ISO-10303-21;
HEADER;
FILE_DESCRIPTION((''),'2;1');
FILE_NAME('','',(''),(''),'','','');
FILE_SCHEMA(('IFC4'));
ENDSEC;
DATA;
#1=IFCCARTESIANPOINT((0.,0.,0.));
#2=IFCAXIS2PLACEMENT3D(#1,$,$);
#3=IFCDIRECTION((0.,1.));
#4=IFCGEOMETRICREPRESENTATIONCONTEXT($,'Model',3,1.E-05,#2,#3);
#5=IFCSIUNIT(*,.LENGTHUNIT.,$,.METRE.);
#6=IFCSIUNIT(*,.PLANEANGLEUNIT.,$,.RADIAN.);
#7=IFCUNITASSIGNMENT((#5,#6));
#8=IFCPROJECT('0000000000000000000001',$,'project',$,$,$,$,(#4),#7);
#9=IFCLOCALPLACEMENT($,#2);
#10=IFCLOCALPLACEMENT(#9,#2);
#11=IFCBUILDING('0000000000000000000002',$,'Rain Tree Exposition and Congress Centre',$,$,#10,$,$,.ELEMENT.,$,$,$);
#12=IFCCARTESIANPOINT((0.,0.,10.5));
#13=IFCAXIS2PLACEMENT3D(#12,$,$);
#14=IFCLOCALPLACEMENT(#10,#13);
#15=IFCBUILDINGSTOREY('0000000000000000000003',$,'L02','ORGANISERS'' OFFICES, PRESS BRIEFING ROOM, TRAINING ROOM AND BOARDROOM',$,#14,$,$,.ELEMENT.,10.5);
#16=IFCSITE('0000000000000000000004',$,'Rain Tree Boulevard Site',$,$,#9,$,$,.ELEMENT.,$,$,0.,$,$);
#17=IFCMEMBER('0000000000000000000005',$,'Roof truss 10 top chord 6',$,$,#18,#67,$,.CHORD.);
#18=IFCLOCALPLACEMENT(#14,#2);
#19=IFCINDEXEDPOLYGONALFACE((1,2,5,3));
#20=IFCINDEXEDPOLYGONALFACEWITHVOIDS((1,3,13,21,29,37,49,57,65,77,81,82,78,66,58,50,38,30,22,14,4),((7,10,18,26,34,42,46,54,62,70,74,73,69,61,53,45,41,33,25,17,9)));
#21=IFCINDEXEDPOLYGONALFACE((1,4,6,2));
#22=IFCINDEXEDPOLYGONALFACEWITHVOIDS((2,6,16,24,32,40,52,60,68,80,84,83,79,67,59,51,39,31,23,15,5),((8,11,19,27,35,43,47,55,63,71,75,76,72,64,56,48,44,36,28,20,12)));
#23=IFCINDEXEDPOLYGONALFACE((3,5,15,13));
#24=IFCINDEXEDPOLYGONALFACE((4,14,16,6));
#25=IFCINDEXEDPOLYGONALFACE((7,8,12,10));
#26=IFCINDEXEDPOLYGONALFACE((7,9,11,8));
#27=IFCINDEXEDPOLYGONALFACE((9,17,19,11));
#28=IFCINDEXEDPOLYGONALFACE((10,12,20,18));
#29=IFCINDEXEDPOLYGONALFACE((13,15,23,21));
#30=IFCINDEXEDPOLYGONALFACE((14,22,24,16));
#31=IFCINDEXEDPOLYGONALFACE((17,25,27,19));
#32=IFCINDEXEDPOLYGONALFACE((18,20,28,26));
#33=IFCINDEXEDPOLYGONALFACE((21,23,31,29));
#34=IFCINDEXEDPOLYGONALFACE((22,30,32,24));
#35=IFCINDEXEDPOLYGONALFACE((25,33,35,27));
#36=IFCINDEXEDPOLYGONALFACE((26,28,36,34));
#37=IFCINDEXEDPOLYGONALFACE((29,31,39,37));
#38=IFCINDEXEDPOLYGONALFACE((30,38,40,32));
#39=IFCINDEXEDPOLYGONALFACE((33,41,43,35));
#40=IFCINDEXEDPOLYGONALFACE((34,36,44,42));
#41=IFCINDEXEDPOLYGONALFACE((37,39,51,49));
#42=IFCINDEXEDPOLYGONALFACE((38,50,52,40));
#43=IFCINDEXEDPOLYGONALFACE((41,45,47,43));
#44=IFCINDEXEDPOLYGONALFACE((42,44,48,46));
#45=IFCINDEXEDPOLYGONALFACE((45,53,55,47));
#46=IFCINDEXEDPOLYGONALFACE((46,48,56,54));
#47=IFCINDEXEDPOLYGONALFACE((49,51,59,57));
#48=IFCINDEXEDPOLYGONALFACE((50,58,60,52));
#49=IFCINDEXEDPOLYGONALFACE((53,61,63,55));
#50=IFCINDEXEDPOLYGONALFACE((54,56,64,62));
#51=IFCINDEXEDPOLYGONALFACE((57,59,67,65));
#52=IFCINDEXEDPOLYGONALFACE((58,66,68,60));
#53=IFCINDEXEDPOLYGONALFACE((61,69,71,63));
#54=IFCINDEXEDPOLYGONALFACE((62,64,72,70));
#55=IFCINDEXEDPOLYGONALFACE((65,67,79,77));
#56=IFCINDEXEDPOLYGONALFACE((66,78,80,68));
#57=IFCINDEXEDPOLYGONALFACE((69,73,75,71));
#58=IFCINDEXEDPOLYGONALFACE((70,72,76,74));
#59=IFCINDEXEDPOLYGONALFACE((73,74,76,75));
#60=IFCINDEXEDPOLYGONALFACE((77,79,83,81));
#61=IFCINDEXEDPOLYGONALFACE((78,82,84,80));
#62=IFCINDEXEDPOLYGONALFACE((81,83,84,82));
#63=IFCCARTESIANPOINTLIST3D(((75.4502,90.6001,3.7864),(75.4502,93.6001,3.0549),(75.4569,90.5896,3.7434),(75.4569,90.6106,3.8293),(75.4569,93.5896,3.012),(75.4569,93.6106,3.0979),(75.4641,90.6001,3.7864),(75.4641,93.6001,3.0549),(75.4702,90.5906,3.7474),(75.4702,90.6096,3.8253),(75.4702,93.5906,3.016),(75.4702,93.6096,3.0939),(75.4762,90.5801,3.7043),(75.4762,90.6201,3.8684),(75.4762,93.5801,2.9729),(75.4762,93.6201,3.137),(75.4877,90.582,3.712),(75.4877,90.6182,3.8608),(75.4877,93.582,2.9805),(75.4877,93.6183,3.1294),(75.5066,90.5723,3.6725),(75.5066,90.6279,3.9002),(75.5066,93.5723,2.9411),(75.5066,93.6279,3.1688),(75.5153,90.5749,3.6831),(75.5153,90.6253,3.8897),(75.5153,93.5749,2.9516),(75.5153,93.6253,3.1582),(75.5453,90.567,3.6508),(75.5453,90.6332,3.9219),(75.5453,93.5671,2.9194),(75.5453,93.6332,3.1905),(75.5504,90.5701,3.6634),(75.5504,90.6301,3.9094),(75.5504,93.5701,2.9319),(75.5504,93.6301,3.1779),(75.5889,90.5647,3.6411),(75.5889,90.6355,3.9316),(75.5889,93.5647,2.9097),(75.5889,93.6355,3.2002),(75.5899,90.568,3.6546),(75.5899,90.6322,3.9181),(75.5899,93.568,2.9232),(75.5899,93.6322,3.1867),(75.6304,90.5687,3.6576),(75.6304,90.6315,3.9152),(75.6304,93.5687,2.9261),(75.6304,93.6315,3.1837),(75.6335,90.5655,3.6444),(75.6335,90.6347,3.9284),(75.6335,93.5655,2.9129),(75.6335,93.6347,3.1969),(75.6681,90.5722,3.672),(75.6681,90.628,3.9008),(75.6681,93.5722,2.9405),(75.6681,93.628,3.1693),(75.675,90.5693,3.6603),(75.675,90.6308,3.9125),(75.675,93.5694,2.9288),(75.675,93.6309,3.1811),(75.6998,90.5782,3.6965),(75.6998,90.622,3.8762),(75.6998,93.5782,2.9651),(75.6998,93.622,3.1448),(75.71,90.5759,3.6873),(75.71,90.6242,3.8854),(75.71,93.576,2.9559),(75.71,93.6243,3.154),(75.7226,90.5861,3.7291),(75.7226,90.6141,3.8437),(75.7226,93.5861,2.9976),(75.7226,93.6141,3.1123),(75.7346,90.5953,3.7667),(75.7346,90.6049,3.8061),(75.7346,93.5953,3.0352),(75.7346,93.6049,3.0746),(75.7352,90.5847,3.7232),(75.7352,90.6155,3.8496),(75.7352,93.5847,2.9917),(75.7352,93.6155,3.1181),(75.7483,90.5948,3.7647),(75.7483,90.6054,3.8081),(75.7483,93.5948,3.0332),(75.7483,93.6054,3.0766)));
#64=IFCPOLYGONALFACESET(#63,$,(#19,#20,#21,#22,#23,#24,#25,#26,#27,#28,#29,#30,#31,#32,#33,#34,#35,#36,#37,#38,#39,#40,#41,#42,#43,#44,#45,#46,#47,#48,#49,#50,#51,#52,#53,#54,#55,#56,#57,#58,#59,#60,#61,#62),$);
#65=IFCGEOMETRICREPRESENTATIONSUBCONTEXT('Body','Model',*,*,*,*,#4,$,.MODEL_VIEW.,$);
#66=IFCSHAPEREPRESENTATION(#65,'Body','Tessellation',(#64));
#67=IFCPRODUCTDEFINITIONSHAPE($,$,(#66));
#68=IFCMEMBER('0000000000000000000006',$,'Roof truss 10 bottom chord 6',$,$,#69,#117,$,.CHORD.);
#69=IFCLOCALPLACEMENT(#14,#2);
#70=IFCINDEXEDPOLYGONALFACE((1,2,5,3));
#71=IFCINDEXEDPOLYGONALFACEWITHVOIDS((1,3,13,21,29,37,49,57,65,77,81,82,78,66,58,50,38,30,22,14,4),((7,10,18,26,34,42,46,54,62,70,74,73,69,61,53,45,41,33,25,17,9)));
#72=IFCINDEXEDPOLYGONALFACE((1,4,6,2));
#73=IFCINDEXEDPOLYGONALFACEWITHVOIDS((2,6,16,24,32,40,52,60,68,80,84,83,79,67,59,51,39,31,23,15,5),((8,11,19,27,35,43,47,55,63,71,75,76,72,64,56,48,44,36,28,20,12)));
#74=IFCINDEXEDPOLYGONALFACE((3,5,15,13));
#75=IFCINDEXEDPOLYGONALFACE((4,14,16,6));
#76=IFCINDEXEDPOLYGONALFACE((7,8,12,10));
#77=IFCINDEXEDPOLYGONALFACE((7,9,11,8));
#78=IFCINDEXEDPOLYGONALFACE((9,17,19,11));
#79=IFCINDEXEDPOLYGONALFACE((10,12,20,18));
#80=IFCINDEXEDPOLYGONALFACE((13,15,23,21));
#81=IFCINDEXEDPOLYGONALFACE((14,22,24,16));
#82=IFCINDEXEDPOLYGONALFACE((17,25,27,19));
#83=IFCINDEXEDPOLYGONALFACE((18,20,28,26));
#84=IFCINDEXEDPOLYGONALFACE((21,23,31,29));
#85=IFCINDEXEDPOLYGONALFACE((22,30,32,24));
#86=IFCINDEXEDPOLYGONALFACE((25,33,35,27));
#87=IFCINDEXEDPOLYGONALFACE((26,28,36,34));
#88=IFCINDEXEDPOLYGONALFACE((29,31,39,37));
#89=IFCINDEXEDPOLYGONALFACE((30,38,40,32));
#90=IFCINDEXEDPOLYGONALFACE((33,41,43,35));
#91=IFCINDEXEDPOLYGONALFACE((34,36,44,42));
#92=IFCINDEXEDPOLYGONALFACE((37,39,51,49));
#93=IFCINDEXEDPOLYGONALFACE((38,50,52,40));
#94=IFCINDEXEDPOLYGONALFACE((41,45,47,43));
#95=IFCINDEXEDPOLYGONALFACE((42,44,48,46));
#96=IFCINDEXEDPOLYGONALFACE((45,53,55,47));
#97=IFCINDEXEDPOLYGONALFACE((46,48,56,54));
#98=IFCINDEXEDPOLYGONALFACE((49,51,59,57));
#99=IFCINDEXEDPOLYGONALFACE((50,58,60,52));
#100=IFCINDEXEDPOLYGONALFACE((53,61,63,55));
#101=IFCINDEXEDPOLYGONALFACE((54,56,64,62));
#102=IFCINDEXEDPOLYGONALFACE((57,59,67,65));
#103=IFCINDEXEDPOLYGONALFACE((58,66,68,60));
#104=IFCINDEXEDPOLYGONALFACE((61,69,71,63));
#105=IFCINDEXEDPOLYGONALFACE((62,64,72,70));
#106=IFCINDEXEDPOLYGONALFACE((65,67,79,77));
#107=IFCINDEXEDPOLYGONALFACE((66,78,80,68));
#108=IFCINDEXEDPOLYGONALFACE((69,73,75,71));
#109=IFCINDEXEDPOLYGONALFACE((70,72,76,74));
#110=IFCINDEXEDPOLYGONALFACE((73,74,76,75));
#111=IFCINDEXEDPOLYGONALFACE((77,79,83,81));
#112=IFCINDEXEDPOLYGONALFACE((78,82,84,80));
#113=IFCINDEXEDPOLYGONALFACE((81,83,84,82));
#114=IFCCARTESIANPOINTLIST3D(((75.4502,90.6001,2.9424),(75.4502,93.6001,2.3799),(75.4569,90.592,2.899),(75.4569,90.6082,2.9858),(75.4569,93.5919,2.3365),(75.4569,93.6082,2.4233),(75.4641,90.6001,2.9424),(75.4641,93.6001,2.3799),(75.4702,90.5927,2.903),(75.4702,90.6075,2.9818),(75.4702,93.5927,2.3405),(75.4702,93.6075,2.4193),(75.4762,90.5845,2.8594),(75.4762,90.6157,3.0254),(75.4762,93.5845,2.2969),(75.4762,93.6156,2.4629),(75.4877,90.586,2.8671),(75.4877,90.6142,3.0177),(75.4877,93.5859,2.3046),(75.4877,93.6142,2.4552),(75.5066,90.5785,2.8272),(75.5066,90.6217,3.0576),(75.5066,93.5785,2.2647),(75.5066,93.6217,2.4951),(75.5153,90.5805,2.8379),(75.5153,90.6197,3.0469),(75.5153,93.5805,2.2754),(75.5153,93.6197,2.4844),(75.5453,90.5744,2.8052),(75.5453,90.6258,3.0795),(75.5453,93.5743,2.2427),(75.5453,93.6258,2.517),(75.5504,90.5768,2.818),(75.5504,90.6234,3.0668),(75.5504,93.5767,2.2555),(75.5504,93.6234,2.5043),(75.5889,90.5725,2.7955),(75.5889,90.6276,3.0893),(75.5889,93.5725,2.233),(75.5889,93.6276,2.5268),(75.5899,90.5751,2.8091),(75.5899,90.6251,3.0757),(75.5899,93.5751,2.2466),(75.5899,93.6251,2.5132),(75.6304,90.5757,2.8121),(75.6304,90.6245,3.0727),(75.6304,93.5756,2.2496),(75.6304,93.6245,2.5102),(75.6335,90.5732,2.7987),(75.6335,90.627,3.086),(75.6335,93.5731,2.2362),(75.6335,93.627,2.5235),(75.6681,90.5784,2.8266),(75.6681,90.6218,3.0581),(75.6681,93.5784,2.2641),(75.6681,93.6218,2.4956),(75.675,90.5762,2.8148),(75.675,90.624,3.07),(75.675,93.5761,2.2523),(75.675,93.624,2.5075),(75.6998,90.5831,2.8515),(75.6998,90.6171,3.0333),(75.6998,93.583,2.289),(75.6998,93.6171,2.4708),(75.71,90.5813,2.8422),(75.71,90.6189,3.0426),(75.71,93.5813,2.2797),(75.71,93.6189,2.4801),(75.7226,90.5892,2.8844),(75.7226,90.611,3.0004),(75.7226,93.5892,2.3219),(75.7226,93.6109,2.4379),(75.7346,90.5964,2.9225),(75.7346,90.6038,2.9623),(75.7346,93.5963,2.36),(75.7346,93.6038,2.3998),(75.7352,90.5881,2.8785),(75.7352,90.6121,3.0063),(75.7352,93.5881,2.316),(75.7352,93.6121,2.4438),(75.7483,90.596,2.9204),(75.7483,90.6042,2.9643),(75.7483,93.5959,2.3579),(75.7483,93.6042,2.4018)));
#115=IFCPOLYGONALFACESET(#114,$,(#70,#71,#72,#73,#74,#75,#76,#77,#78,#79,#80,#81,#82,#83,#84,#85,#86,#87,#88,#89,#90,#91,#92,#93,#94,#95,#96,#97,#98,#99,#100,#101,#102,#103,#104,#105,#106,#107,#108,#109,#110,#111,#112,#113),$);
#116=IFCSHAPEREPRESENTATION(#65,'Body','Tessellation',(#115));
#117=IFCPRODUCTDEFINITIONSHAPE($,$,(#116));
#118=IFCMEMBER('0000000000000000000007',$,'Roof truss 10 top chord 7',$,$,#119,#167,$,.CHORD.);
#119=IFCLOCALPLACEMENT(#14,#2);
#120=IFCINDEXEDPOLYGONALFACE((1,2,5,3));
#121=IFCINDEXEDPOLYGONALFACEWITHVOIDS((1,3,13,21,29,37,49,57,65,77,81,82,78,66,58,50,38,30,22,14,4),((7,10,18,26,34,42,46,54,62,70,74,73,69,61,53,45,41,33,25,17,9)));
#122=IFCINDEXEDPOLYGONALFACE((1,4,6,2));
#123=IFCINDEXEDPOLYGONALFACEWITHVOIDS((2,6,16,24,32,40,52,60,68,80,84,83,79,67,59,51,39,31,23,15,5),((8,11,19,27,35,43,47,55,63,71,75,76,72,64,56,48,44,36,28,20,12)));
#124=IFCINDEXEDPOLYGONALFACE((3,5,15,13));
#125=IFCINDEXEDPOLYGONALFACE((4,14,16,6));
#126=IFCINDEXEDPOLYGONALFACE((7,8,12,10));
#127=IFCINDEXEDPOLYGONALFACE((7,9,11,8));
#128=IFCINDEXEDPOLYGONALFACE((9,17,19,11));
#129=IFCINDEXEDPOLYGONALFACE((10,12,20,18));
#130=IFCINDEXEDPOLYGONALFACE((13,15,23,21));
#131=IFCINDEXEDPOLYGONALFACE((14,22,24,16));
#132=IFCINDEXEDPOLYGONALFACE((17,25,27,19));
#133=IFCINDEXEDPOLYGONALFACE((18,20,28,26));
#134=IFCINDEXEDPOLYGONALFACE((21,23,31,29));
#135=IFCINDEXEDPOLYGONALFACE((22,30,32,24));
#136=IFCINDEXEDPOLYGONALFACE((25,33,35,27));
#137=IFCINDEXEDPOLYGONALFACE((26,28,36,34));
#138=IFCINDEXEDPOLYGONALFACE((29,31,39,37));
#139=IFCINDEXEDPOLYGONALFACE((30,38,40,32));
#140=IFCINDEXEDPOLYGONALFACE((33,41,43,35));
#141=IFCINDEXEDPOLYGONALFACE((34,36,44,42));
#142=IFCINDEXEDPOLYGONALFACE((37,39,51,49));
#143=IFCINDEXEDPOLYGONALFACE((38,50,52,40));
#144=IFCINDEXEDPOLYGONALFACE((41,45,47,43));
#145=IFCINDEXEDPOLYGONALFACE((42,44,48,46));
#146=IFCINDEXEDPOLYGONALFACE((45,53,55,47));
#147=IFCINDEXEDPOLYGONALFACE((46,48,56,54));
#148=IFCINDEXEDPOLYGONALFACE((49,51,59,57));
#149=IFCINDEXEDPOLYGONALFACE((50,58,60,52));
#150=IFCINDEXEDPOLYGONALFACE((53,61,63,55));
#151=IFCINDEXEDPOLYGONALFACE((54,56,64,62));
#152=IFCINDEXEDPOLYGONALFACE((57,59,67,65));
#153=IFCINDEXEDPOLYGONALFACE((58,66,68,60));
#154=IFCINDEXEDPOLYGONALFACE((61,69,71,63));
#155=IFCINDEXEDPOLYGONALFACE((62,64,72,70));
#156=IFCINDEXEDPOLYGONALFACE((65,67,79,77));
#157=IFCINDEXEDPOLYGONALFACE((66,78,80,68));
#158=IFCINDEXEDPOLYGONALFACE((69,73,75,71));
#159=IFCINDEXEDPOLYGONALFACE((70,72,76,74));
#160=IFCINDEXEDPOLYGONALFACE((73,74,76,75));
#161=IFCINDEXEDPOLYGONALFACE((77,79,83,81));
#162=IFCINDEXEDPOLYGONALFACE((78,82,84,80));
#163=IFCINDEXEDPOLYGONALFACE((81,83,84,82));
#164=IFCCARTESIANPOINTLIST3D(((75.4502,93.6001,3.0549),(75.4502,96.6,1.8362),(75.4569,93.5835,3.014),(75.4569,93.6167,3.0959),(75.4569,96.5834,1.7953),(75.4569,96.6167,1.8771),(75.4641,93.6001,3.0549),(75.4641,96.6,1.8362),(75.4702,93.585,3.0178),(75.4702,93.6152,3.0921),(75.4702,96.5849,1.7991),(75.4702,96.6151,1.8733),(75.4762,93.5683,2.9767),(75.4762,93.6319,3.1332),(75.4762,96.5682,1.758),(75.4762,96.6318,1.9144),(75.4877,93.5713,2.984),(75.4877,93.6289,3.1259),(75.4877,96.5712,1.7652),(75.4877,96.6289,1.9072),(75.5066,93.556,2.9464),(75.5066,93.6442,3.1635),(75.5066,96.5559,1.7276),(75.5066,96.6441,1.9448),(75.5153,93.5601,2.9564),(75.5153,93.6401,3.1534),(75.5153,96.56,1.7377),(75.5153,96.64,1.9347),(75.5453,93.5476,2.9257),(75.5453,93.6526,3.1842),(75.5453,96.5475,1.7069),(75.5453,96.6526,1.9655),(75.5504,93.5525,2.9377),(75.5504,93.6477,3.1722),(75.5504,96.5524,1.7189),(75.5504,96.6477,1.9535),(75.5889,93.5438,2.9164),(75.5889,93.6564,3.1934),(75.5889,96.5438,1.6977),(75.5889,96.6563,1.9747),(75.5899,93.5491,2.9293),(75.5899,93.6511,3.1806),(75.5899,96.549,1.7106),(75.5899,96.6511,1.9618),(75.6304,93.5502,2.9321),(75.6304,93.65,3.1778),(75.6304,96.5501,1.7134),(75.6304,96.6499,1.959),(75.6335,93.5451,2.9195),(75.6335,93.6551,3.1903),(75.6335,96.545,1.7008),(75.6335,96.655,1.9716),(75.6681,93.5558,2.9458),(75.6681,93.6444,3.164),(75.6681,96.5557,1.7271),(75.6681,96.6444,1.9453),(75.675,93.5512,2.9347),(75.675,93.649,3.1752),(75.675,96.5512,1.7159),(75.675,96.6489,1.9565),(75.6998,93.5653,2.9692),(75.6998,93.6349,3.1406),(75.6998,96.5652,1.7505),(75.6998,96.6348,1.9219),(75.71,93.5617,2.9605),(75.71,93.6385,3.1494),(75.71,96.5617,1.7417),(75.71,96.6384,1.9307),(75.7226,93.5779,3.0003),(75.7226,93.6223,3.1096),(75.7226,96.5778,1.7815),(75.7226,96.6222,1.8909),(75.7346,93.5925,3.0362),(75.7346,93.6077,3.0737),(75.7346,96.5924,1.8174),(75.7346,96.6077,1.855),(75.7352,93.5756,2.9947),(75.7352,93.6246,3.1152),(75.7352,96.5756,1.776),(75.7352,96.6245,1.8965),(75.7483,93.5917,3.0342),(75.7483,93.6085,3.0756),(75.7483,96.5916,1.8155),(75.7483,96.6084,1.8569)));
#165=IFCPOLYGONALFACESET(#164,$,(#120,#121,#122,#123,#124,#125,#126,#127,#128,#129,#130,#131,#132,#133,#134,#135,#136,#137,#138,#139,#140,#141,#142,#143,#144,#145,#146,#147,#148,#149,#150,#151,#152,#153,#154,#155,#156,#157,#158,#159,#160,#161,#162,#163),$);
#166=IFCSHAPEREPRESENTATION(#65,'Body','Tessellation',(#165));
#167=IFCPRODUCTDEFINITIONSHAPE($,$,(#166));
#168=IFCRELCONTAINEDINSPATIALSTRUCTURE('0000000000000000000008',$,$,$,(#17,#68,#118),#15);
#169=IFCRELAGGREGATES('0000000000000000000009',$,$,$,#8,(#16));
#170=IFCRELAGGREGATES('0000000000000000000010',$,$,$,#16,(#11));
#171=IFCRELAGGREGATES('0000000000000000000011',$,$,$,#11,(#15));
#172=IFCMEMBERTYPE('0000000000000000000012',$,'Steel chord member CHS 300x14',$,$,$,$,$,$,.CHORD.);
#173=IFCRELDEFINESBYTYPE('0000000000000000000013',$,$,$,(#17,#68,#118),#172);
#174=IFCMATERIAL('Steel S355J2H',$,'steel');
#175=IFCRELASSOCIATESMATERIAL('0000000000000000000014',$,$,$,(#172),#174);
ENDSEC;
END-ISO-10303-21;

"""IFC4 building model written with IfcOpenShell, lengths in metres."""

from ifc_helpers import new_model, si_unit, direction, frame, origin, origin_2d, place, context, subcontext, project, spatial, hollow_circle, extrude, material, material_profile, profile_set, type_object, element, save


model = new_model("IFC4")

# Units and contexts
model_context = context("Model", 3, precision=1e-05, world=origin(), true_north=direction((0.0, 1.0)))
body_context = subcontext(model_context, "Body", "Model", "MODEL_VIEW")
ifc_project = project(units=[si_unit("LENGTHUNIT", "METRE"), si_unit("PLANEANGLEUNIT", "RADIAN")], contexts=[model_context])

# Site, building, storey
site_placement = place(None, origin())
site = spatial("IfcSite", under=ifc_project, at=site_placement, Name="Rain Tree Boulevard Site", CompositionType="ELEMENT", RefElevation=0.0)
building_placement = place(site_placement, origin())
building = spatial("IfcBuilding", under=site, at=building_placement, Name="Rain Tree Exposition and Congress Centre", CompositionType="ELEMENT")
storey_placement = place(building_placement, frame((0.0, 0.0, 10.5)))
storey = spatial("IfcBuildingStorey", under=building, at=storey_placement, Name="L02", Description="ORGANISERS' OFFICES, PRESS BRIEFING ROOM, TRAINING ROOM AND BOARDROOM", CompositionType="ELEMENT", Elevation=10.5)

# Members
ifc_material_1 = material(Name="Steel S355J2H", Category="steel")
ifc_material_profile_1 = material_profile(ifc_material_1, hollow_circle(Radius=0.1499, WallThickness=0.0139, at=origin_2d()), Name="CHS 300x14")
ifc_profile_set_1 = profile_set([ifc_material_profile_1], Name="Steel S355J2H")
member_type_1 = type_object("IfcMemberType", Name="Steel chord member CHS 300x14", PredefinedType="CHORD", material=ifc_profile_set_1)
member_1_placement = place(storey_placement, frame((75.6001, 90.6001, 3.7864), z_axis=(0.0, 0.97154, -0.236876), x_axis=(-1.0, 0.0, 0.0)))
element("IfcMember", 1, at=member_1_placement, inside=storey, type_object=member_type_1, Name="Roof truss 10 top chord 6", PredefinedType="CHORD", context=body_context, shape_type="SweptSolid", body=[
    extrude(hollow_circle(Radius=0.1499, WallThickness=0.0139, at=origin_2d()), origin(), (0.0, 0.0, 1.0), 3.0879),
])
member_2_placement = place(storey_placement, frame((75.6001, 90.6001, 2.9424), z_axis=(0.0, 0.982872, -0.184289), x_axis=(-1.0, 0.0, 0.0)))
element("IfcMember", 2, at=member_2_placement, inside=storey, type_object=member_type_1, Name="Roof truss 10 bottom chord 6", PredefinedType="CHORD", context=body_context, shape_type="SweptSolid", body=[
    extrude(hollow_circle(Radius=0.1499, WallThickness=0.0139, at=origin_2d()), origin(), (0.0, 0.0, 1.0), 3.0522),
])
member_3_placement = place(storey_placement, frame((75.6001, 93.6001, 3.0549), z_axis=(0.0, 0.926467, -0.376377), x_axis=(-1.0, 0.0, 0.0)))
element("IfcMember", 3, at=member_3_placement, inside=storey, type_object=member_type_1, Name="Roof truss 10 top chord 7", PredefinedType="CHORD", context=body_context, shape_type="SweptSolid", body=[
    extrude(hollow_circle(Radius=0.1499, WallThickness=0.0139, at=origin_2d()), origin(), (0.0, 0.0, 1.0), 3.238),
])

save(model, "model.ifc")
